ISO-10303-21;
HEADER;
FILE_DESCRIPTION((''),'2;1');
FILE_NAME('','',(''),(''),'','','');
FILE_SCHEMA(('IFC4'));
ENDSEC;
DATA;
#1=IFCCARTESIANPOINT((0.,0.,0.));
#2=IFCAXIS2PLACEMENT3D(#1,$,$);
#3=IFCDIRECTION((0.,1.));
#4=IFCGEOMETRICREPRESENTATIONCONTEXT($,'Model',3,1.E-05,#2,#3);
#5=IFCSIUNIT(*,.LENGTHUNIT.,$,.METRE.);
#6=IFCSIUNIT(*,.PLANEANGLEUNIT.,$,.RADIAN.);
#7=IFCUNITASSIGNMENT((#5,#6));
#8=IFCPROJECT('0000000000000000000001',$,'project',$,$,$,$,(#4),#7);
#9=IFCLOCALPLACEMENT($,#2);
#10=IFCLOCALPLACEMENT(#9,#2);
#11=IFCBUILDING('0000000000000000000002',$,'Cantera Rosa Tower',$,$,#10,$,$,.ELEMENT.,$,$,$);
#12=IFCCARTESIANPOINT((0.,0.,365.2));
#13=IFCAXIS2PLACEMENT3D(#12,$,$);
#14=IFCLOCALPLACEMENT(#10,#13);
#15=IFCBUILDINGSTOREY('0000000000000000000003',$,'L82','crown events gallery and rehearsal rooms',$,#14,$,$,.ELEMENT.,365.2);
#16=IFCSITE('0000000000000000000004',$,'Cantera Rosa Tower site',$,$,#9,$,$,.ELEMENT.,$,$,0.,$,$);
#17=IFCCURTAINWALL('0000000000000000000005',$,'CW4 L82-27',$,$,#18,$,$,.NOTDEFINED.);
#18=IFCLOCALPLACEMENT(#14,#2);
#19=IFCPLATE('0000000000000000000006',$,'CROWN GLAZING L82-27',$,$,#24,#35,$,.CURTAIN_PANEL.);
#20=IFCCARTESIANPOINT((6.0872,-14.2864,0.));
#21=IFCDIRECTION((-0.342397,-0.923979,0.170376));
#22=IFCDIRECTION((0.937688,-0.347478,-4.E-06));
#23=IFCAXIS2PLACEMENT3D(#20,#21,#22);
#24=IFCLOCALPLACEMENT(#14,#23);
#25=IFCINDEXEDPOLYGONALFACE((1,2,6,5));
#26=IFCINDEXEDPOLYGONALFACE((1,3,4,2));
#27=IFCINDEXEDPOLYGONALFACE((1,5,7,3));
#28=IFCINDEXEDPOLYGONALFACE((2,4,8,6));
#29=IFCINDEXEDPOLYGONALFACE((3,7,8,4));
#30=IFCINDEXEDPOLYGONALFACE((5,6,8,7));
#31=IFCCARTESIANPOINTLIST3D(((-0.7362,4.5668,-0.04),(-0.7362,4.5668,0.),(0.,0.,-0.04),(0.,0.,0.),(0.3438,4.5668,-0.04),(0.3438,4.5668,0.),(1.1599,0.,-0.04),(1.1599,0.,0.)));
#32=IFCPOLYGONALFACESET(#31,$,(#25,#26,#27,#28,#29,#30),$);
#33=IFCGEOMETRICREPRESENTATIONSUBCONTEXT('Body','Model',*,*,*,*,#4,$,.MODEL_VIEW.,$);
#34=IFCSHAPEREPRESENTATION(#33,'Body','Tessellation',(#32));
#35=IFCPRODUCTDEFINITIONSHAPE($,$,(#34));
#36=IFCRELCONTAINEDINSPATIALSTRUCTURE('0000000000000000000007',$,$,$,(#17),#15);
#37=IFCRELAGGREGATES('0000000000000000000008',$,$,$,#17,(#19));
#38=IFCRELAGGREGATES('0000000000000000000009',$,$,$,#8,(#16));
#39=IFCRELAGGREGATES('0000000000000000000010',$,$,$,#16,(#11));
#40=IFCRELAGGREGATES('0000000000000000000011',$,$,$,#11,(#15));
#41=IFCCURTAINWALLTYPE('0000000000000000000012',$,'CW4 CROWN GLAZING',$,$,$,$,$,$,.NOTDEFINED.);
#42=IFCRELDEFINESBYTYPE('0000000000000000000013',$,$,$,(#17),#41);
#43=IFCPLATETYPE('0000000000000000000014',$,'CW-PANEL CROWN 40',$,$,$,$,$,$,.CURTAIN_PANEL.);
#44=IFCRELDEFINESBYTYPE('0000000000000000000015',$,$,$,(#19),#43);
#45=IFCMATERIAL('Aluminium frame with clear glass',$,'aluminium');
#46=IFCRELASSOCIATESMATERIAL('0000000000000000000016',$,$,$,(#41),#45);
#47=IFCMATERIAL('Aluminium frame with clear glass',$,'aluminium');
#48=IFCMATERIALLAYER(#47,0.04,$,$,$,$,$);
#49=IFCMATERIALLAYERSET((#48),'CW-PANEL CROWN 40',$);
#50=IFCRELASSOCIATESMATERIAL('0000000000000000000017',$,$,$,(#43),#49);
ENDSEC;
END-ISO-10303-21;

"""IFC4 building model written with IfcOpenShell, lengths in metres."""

from ifc_helpers import new_model, si_unit, direction, frame, origin, place, context, subcontext, project, spatial, polyline, outline, extrude, material, layer, layer_set, type_object, element, aggregate, save


model = new_model("IFC4")

# Units and contexts
model_context = context("Model", 3, precision=1e-05, world=origin(), true_north=direction((0.0, 1.0)))
body_context = subcontext(model_context, "Body", "Model", "MODEL_VIEW")
ifc_project = project(units=[si_unit("LENGTHUNIT", "METRE"), si_unit("PLANEANGLEUNIT", "RADIAN")], contexts=[model_context])

# Site, building, storey
site_placement = place(None, origin())
site = spatial("IfcSite", under=ifc_project, at=site_placement, Name="Cantera Rosa Tower site", CompositionType="ELEMENT", RefElevation=0.0)
building_placement = place(site_placement, origin())
building = spatial("IfcBuilding", under=site, at=building_placement, Name="Cantera Rosa Tower", CompositionType="ELEMENT")
storey_placement = place(building_placement, frame((0.0, 0.0, 365.2)))
storey = spatial("IfcBuildingStorey", under=building, at=storey_placement, Name="L82", Description="crown events gallery and rehearsal rooms", CompositionType="ELEMENT", Elevation=365.2)

# Curtain wall
ifc_material_1 = material(Name="Aluminium frame with clear glass", Category="aluminium")
curtain_wall_type = type_object("IfcCurtainWallType", Name="CW4 CROWN GLAZING", PredefinedType="NOTDEFINED", material=ifc_material_1)
curtain_wall_1_placement = place(storey_placement, origin())
curtain_wall_1 = element("IfcCurtainWall", 1, at=curtain_wall_1_placement, inside=storey, type_object=curtain_wall_type, Name="CW4 L82-27", PredefinedType="NOTDEFINED")

# Plate
ifc_material_2 = material(Name="Aluminium frame with clear glass", Category="aluminium")
ifc_layer_1 = layer(ifc_material_2, 0.04)
ifc_layer_set_1 = layer_set([ifc_layer_1], Name="CW-PANEL CROWN 40")
plate_type = type_object("IfcPlateType", Name="CW-PANEL CROWN 40", PredefinedType="CURTAIN_PANEL", material=ifc_layer_set_1)
plate_1_placement = place(storey_placement, frame((6.0872, -14.2864, 0.0), z_axis=(-0.342397, -0.923979, 0.170376), x_axis=(0.937688, -0.347478, -0.000004)))
plate_1 = element("IfcPlate", 2, at=plate_1_placement, type_object=plate_type, Name="CROWN GLAZING L82-27", PredefinedType="CURTAIN_PANEL", context=body_context, shape_type="SweptSolid", body=[
    extrude(outline(polyline([(0.0, 0.0), (1.1599, 0.0), (0.3438, 4.5668), (-0.7362, 4.5668), (0.0, 0.0)])), origin(), (0.0, 0.0, -1.0), 0.04),
])

aggregate(curtain_wall_1, [plate_1])

save(model, "model.ifc")
